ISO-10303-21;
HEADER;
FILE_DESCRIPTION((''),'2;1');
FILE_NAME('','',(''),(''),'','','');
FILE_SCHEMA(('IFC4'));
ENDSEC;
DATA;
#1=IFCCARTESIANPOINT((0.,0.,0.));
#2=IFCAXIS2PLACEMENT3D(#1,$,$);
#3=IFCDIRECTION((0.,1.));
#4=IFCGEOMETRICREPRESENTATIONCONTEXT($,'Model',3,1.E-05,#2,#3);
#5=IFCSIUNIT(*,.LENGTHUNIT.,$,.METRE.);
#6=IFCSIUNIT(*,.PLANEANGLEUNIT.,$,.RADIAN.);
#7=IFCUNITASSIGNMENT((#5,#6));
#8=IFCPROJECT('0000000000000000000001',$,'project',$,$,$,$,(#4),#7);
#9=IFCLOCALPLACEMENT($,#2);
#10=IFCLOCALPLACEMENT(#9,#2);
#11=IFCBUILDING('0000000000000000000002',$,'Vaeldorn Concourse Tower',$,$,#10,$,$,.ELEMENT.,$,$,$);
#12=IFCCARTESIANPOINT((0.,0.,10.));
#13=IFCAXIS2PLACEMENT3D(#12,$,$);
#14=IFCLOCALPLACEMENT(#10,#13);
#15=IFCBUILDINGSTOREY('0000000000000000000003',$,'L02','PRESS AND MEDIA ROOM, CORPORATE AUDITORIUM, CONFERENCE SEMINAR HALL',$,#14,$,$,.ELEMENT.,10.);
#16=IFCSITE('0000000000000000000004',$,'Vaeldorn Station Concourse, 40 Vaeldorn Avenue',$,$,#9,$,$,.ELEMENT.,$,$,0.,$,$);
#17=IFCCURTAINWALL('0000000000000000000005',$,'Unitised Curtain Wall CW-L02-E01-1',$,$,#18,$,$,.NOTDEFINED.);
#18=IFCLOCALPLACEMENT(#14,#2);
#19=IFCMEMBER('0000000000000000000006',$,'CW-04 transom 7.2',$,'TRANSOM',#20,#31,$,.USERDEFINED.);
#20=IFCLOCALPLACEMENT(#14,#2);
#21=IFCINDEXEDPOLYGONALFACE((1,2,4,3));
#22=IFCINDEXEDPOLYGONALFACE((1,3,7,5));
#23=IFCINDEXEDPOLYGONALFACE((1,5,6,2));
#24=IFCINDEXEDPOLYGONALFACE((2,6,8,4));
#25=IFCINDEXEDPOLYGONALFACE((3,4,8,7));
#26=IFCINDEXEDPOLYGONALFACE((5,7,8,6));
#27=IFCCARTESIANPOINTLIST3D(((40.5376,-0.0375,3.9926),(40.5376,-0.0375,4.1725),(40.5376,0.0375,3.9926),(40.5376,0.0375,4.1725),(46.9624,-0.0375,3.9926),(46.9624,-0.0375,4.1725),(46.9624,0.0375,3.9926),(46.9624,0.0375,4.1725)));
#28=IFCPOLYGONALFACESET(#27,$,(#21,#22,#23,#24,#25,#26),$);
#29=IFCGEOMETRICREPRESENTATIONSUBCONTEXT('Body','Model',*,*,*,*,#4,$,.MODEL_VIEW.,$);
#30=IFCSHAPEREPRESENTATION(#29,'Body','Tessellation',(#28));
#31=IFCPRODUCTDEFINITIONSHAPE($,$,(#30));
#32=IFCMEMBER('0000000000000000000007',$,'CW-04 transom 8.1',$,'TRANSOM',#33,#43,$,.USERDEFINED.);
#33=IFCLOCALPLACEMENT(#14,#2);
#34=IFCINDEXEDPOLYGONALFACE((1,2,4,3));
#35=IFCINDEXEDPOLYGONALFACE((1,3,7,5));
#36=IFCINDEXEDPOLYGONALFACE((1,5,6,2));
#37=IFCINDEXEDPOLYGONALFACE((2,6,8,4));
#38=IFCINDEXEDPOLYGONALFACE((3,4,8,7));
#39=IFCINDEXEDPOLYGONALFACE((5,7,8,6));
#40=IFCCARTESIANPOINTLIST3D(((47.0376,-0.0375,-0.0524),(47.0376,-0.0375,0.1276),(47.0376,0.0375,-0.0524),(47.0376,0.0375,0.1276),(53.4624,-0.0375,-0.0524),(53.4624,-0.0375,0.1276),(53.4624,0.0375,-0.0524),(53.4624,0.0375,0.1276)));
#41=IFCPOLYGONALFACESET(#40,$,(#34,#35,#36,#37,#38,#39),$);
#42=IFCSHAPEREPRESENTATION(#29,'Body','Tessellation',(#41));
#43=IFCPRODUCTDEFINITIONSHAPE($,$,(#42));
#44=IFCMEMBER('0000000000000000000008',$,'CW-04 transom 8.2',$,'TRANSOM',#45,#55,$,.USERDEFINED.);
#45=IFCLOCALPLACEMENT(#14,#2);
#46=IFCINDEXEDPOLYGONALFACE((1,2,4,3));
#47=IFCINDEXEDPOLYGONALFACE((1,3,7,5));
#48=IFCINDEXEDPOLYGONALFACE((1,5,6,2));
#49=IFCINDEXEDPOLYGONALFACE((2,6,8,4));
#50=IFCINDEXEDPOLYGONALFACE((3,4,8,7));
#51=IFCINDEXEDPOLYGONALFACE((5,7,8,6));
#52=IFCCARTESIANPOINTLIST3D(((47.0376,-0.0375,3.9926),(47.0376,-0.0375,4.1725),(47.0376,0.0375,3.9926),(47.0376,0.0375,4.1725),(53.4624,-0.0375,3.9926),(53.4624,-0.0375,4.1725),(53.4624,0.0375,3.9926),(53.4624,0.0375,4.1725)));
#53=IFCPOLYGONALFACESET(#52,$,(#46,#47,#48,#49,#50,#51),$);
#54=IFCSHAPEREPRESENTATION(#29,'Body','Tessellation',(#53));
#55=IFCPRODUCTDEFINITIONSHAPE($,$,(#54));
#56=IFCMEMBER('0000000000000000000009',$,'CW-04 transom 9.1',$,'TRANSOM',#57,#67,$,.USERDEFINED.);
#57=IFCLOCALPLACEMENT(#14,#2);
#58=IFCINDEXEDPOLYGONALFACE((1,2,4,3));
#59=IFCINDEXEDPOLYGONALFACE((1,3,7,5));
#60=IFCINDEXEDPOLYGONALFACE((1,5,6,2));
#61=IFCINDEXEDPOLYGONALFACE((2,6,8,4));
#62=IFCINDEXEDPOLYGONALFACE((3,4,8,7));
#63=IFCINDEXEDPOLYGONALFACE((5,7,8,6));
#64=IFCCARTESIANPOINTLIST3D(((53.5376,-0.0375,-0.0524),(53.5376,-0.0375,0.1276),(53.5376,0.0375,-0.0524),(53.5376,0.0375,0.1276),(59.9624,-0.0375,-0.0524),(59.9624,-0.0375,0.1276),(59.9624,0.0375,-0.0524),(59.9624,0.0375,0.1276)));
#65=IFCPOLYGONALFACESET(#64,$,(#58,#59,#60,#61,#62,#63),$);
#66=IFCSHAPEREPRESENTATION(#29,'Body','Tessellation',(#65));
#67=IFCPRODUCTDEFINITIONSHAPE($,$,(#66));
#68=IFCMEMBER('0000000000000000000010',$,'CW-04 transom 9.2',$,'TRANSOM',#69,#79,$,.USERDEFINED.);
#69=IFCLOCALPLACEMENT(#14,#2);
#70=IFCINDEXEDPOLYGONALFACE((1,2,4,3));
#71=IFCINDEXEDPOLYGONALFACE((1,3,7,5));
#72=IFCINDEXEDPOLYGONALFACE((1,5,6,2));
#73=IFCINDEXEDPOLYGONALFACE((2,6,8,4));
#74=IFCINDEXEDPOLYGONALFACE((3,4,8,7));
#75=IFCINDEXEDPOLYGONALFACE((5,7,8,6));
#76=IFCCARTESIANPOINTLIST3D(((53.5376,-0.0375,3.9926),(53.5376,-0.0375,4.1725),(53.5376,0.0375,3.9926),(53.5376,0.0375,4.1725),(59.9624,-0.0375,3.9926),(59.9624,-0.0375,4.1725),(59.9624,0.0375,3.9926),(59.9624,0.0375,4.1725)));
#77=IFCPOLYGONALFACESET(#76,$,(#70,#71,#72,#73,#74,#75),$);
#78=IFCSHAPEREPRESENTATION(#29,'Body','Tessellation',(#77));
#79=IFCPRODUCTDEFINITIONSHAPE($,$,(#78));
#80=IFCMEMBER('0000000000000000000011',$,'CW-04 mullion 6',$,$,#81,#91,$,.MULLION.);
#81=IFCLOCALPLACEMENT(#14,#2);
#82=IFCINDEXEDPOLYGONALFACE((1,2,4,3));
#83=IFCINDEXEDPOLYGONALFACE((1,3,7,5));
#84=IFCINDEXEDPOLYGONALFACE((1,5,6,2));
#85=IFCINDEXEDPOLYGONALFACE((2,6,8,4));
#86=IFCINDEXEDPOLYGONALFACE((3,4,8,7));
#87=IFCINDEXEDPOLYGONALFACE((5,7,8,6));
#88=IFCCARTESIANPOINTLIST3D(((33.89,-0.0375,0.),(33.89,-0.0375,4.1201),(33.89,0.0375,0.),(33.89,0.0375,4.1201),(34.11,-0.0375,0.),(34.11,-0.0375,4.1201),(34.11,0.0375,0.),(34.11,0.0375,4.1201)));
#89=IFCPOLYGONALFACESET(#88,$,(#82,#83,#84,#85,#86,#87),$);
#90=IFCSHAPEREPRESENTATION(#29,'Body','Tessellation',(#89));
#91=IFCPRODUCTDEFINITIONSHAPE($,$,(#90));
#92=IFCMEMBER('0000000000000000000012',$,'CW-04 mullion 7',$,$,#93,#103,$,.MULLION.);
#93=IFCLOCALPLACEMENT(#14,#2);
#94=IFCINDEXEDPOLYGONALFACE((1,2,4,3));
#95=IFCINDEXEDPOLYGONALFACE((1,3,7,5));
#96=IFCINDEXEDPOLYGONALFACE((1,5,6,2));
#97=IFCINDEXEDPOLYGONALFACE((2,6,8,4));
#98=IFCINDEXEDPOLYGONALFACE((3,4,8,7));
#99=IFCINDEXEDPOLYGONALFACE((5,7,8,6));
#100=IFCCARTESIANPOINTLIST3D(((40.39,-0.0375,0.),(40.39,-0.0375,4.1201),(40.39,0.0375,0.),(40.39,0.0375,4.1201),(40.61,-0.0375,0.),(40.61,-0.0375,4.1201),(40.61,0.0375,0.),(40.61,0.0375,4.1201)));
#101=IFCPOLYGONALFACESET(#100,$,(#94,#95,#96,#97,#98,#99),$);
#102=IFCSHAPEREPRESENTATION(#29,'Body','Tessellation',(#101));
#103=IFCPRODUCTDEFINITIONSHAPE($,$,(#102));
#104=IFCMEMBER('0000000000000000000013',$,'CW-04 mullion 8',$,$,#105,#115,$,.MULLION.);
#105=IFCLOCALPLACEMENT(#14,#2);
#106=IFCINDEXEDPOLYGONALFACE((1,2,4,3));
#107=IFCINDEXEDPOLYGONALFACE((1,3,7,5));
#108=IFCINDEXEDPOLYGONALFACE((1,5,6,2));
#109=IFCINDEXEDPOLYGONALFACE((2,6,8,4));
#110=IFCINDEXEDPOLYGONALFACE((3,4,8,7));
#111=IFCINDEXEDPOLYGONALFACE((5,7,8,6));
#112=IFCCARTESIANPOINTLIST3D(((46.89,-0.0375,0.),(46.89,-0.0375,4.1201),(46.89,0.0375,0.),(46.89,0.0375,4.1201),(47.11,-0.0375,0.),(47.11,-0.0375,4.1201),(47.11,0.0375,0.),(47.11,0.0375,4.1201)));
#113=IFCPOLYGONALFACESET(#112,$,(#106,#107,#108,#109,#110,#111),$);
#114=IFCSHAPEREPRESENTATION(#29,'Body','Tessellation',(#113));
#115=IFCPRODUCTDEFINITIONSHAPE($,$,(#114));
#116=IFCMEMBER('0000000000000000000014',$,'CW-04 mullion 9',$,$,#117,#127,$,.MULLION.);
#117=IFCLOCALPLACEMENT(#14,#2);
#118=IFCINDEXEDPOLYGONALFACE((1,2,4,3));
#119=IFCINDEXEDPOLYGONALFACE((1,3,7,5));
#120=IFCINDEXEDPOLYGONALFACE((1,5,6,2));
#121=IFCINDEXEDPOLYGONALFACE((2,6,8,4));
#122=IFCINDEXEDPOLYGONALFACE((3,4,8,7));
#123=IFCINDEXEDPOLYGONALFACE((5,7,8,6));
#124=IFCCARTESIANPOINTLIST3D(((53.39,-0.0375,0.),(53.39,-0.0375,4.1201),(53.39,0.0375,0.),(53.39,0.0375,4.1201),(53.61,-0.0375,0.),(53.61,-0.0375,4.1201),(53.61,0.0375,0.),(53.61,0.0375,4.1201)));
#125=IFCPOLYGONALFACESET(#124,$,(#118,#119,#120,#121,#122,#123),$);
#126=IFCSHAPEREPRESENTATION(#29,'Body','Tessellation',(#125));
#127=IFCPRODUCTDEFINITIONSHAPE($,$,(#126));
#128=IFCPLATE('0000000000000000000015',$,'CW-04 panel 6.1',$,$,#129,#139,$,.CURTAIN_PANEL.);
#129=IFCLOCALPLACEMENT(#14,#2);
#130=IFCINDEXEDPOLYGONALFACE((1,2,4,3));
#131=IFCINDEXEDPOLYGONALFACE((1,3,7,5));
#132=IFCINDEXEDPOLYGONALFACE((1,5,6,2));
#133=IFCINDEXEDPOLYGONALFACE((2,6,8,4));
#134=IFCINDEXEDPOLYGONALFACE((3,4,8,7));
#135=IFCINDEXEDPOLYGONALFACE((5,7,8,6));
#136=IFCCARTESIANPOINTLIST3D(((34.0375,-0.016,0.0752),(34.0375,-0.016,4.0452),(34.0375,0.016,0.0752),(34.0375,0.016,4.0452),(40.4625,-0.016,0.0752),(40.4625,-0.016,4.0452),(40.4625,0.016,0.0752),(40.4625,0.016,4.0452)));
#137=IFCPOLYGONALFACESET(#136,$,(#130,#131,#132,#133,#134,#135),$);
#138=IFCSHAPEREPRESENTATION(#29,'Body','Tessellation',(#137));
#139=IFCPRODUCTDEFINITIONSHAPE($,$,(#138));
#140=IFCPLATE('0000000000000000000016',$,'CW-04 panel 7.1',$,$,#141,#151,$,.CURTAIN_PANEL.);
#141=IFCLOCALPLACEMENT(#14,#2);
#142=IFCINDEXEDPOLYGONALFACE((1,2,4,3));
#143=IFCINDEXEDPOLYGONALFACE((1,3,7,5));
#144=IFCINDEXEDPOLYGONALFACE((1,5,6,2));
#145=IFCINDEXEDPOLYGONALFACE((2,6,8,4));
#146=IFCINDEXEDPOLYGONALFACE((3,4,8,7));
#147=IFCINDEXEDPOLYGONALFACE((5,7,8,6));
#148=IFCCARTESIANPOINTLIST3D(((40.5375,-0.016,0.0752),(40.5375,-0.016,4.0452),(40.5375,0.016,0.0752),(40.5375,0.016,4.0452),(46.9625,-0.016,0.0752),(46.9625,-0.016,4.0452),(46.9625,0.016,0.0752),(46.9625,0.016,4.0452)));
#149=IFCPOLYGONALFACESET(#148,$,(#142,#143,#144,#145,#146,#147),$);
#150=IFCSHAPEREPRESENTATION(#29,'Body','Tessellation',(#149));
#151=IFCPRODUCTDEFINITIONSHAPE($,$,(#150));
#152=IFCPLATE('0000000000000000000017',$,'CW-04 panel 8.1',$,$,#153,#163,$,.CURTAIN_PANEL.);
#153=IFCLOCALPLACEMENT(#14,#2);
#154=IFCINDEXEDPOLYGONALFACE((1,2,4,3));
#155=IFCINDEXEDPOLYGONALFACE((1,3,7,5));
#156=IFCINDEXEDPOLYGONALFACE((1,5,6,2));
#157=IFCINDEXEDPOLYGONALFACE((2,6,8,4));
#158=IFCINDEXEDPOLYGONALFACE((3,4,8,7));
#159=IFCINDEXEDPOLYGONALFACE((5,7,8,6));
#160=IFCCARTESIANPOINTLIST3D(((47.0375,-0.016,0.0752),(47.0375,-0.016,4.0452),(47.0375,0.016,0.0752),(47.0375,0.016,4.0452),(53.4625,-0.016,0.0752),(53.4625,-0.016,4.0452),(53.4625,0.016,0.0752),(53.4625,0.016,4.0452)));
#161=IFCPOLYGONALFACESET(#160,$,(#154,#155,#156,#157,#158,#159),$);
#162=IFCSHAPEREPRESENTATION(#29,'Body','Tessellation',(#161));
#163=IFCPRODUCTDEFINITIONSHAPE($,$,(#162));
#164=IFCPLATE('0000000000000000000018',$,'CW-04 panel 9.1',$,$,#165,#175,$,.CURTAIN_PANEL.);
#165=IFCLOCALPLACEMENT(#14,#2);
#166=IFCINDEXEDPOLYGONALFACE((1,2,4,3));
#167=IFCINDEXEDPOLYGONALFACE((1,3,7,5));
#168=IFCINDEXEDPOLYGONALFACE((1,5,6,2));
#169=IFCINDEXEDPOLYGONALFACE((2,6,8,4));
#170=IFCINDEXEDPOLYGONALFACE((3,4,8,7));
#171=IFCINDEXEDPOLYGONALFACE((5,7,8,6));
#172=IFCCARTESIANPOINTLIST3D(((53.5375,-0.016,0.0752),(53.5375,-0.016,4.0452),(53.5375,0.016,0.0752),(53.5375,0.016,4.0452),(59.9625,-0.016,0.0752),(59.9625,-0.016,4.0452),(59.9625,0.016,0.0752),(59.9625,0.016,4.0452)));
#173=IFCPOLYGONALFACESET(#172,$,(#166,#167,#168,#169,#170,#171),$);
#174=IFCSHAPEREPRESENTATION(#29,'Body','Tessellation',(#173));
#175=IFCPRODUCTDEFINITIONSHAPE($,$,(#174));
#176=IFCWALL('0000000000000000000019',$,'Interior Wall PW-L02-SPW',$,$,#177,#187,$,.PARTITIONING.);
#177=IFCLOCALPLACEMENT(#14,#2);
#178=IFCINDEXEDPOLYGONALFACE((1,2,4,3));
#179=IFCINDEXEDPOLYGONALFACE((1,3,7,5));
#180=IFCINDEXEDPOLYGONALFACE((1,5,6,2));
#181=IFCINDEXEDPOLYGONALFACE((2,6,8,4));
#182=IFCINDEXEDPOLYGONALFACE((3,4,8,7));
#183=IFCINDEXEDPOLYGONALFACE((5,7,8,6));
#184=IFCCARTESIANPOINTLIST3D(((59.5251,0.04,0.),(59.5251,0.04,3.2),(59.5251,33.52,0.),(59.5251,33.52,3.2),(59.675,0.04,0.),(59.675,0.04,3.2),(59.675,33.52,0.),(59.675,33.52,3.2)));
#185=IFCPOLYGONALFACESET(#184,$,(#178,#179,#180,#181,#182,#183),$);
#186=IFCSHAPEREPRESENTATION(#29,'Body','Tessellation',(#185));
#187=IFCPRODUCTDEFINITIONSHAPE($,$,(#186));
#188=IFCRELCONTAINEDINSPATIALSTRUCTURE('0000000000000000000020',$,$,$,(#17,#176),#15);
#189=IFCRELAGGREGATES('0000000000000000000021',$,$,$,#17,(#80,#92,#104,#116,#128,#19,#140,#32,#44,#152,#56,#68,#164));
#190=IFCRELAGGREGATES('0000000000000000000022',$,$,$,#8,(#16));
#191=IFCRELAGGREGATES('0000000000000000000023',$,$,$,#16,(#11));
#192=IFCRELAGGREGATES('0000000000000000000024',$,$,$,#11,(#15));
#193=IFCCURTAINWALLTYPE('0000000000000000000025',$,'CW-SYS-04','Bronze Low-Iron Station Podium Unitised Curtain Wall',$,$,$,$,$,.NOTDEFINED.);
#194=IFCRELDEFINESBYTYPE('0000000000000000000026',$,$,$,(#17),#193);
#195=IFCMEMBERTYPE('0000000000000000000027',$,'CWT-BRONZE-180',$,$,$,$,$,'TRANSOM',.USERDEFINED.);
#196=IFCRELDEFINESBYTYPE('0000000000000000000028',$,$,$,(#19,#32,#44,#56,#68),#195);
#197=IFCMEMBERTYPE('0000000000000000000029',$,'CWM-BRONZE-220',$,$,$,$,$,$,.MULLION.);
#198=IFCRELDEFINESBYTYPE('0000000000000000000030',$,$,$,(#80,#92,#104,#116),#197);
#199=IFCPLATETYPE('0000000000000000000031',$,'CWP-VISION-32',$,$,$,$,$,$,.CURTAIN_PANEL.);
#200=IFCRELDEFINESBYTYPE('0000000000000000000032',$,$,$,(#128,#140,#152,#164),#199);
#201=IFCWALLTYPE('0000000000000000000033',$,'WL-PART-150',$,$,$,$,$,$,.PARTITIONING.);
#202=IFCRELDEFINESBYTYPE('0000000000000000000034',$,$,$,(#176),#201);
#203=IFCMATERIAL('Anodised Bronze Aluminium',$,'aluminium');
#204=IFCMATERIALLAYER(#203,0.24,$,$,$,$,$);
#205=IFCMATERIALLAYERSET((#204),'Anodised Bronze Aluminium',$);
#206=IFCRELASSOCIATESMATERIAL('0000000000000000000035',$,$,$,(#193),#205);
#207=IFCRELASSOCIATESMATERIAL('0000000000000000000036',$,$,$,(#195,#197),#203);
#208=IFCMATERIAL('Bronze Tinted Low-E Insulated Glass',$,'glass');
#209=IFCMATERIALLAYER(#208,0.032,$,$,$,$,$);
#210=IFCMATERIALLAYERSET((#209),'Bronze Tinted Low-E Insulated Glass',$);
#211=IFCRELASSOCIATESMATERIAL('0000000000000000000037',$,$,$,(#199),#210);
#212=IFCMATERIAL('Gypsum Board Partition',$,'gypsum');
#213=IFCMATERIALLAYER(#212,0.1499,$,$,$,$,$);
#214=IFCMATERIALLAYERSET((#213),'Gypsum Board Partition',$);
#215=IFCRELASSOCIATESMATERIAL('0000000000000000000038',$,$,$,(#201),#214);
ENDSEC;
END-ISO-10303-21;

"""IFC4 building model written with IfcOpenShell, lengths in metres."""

from ifc_helpers import new_model, si_unit, direction, frame, frame_2d, origin, origin_2d, place, context, subcontext, project, spatial, rectangle, extrude, source, transform, mapped, material, layer, layer_set, material_profile, profile_set, type_object, element, aggregate, save


model = new_model("IFC4")

# Units and contexts
model_context = context("Model", 3, precision=1e-05, world=origin(), true_north=direction((0.0, 1.0)))
body_context = subcontext(model_context, "Body", "Model", "MODEL_VIEW")
ifc_project = project(units=[si_unit("LENGTHUNIT", "METRE"), si_unit("PLANEANGLEUNIT", "RADIAN")], contexts=[model_context])

# Site, building, storey
site_placement = place(None, origin())
site = spatial("IfcSite", under=ifc_project, at=site_placement, Name="Vaeldorn Station Concourse, 40 Vaeldorn Avenue", CompositionType="ELEMENT", RefElevation=0.0)
building_placement = place(site_placement, origin())
building = spatial("IfcBuilding", under=site, at=building_placement, Name="Vaeldorn Concourse Tower", CompositionType="ELEMENT")
storey_placement = place(building_placement, frame((0.0, 0.0, 10.0)))
storey = spatial("IfcBuildingStorey", under=building, at=storey_placement, Name="L02", Description="PRESS AND MEDIA ROOM, CORPORATE AUDITORIUM, CONFERENCE SEMINAR HALL", CompositionType="ELEMENT", Elevation=10.0)

# Curtain wall, members, plates
ifc_material_1 = material(Name="Anodised Bronze Aluminium", Category="aluminium")
ifc_layer_1 = layer(ifc_material_1, 0.24)
ifc_layer_set_1 = layer_set([ifc_layer_1], Name="Anodised Bronze Aluminium")
curtain_wall_type = type_object("IfcCurtainWallType", Name="CW-SYS-04", Description="Bronze Low-Iron Station Podium Unitised Curtain Wall", PredefinedType="NOTDEFINED", material=ifc_layer_set_1)
curtain_wall_placement = place(storey_placement, origin())
curtain_wall = element("IfcCurtainWall", 1, at=curtain_wall_placement, inside=storey, type_object=curtain_wall_type, Name="Unitised Curtain Wall CW-L02-E01-1", PredefinedType="NOTDEFINED")
ifc_material_profile_1 = material_profile(ifc_material_1, rectangle(XDim=0.075, YDim=0.1799, at=origin_2d()), Name="CWT 75x180")
ifc_profile_set_1 = profile_set([ifc_material_profile_1], Name="Anodised Bronze Aluminium")
member_type_1 = type_object("IfcMemberType", Name="CWT-BRONZE-180", ElementType="TRANSOM", PredefinedType="USERDEFINED", material=ifc_profile_set_1)
shared_shape_1 = source(origin(), body_context, "Body", "SweptSolid", [
    extrude(rectangle(XDim=0.075, YDim=0.1799, at=origin_2d()), origin(), (0.0, 0.0, 1.0), 6.4248),
])
member_1_placement = place(storey_placement, frame((40.5376, 0.0, 4.0825), z_axis=(1.0, 0.0, 0.0), x_axis=(0.0, 1.0, 0.0)))
member_1 = element("IfcMember", 2, at=member_1_placement, type_object=member_type_1, Name="CW-04 transom 7.2", ObjectType="TRANSOM", PredefinedType="USERDEFINED", context=body_context, shape_type="MappedRepresentation", body=[
    mapped(shared_shape_1, transform((0.0, 0.0, 0.0), scale=1.0)),
])
member_2_placement = place(storey_placement, frame((47.0376, 0.0, 0.0376), z_axis=(1.0, 0.0, 0.0), x_axis=(0.0, 1.0, 0.0)))
member_2 = element("IfcMember", 3, at=member_2_placement, type_object=member_type_1, Name="CW-04 transom 8.1", ObjectType="TRANSOM", PredefinedType="USERDEFINED", context=body_context, shape_type="MappedRepresentation", body=[
    mapped(shared_shape_1, transform((0.0, 0.0, 0.0), scale=1.0)),
])
member_3_placement = place(storey_placement, frame((47.0376, 0.0, 4.0825), z_axis=(1.0, 0.0, 0.0), x_axis=(0.0, 1.0, 0.0)))
member_3 = element("IfcMember", 4, at=member_3_placement, type_object=member_type_1, Name="CW-04 transom 8.2", ObjectType="TRANSOM", PredefinedType="USERDEFINED", context=body_context, shape_type="MappedRepresentation", body=[
    mapped(shared_shape_1, transform((0.0, 0.0, 0.0), scale=1.0)),
])
member_4_placement = place(storey_placement, frame((53.5376, 0.0, 0.0376), z_axis=(1.0, 0.0, 0.0), x_axis=(0.0, 1.0, 0.0)))
member_4 = element("IfcMember", 5, at=member_4_placement, type_object=member_type_1, Name="CW-04 transom 9.1", ObjectType="TRANSOM", PredefinedType="USERDEFINED", context=body_context, shape_type="MappedRepresentation", body=[
    mapped(shared_shape_1, transform((0.0, 0.0, 0.0), scale=1.0)),
])
member_5_placement = place(storey_placement, frame((53.5376, 0.0, 4.0825), z_axis=(1.0, 0.0, 0.0), x_axis=(0.0, 1.0, 0.0)))
member_5 = element("IfcMember", 6, at=member_5_placement, type_object=member_type_1, Name="CW-04 transom 9.2", ObjectType="TRANSOM", PredefinedType="USERDEFINED", context=body_context, shape_type="MappedRepresentation", body=[
    mapped(shared_shape_1, transform((0.0, 0.0, 0.0), scale=1.0)),
])
ifc_material_profile_2 = material_profile(ifc_material_1, rectangle(XDim=0.075, YDim=0.22, at=origin_2d()), Name="CWM 75x220")
ifc_profile_set_2 = profile_set([ifc_material_profile_2], Name="Anodised Bronze Aluminium")
member_type_2 = type_object("IfcMemberType", Name="CWM-BRONZE-220", PredefinedType="MULLION", material=ifc_profile_set_2)
shared_shape_2 = source(origin(), body_context, "Body", "SweptSolid", [
    extrude(rectangle(XDim=0.075, YDim=0.22, at=origin_2d()), origin(), (0.0, 0.0, 1.0), 4.1201),
])
member_6_placement = place(storey_placement, frame((34.0, 0.0, 0.0), z_axis=(0.0, 0.0, 1.0), x_axis=(0.0, 1.0, 0.0)))
member_6 = element("IfcMember", 7, at=member_6_placement, type_object=member_type_2, Name="CW-04 mullion 6", PredefinedType="MULLION", context=body_context, shape_type="MappedRepresentation", body=[
    mapped(shared_shape_2, transform((0.0, 0.0, 0.0), scale=1.0)),
])
member_7_placement = place(storey_placement, frame((40.5, 0.0, 0.0), z_axis=(0.0, 0.0, 1.0), x_axis=(0.0, 1.0, 0.0)))
member_7 = element("IfcMember", 8, at=member_7_placement, type_object=member_type_2, Name="CW-04 mullion 7", PredefinedType="MULLION", context=body_context, shape_type="MappedRepresentation", body=[
    mapped(shared_shape_2, transform((0.0, 0.0, 0.0), scale=1.0)),
])
member_8_placement = place(storey_placement, frame((47.0, 0.0, 0.0), z_axis=(0.0, 0.0, 1.0), x_axis=(0.0, 1.0, 0.0)))
member_8 = element("IfcMember", 9, at=member_8_placement, type_object=member_type_2, Name="CW-04 mullion 8", PredefinedType="MULLION", context=body_context, shape_type="MappedRepresentation", body=[
    mapped(shared_shape_2, transform((0.0, 0.0, 0.0), scale=1.0)),
])
member_9_placement = place(storey_placement, frame((53.5, 0.0, 0.0), z_axis=(0.0, 0.0, 1.0), x_axis=(0.0, 1.0, 0.0)))
member_9 = element("IfcMember", 10, at=member_9_placement, type_object=member_type_2, Name="CW-04 mullion 9", PredefinedType="MULLION", context=body_context, shape_type="MappedRepresentation", body=[
    mapped(shared_shape_2, transform((0.0, 0.0, 0.0), scale=1.0)),
])
ifc_material_2 = material(Name="Bronze Tinted Low-E Insulated Glass", Category="glass")
ifc_layer_2 = layer(ifc_material_2, 0.032)
ifc_layer_set_2 = layer_set([ifc_layer_2], Name="Bronze Tinted Low-E Insulated Glass")
plate_type = type_object("IfcPlateType", Name="CWP-VISION-32", PredefinedType="CURTAIN_PANEL", material=ifc_layer_set_2)
shared_shape_3 = source(origin(), body_context, "Body", "SweptSolid", [
    extrude(rectangle(XDim=6.425, YDim=0.032, at=origin_2d()), origin(), (0.0, 0.0, 1.0), 3.97),
])
plate_1_placement = place(storey_placement, frame((37.25, 0.0, 0.0752), z_axis=(0.0, 0.0, 1.0), x_axis=(1.0, 0.0, 0.0)))
plate_1 = element("IfcPlate", 11, at=plate_1_placement, type_object=plate_type, Name="CW-04 panel 6.1", PredefinedType="CURTAIN_PANEL", context=body_context, shape_type="MappedRepresentation", body=[
    mapped(shared_shape_3, transform((0.0, 0.0, 0.0), scale=1.0)),
])
plate_2_placement = place(storey_placement, frame((43.75, 0.0, 0.0752), z_axis=(0.0, 0.0, 1.0), x_axis=(1.0, 0.0, 0.0)))
plate_2 = element("IfcPlate", 12, at=plate_2_placement, type_object=plate_type, Name="CW-04 panel 7.1", PredefinedType="CURTAIN_PANEL", context=body_context, shape_type="MappedRepresentation", body=[
    mapped(shared_shape_3, transform((0.0, 0.0, 0.0), scale=1.0)),
])
plate_3_placement = place(storey_placement, frame((50.25, 0.0, 0.0752), z_axis=(0.0, 0.0, 1.0), x_axis=(1.0, 0.0, 0.0)))
plate_3 = element("IfcPlate", 13, at=plate_3_placement, type_object=plate_type, Name="CW-04 panel 8.1", PredefinedType="CURTAIN_PANEL", context=body_context, shape_type="MappedRepresentation", body=[
    mapped(shared_shape_3, transform((0.0, 0.0, 0.0), scale=1.0)),
])
plate_4_placement = place(storey_placement, frame((56.75, 0.0, 0.0752), z_axis=(0.0, 0.0, 1.0), x_axis=(1.0, 0.0, 0.0)))
plate_4 = element("IfcPlate", 14, at=plate_4_placement, type_object=plate_type, Name="CW-04 panel 9.1", PredefinedType="CURTAIN_PANEL", context=body_context, shape_type="MappedRepresentation", body=[
    mapped(shared_shape_3, transform((0.0, 0.0, 0.0), scale=1.0)),
])
aggregate(curtain_wall, [member_6, member_7, member_8, member_9, plate_1, member_1, plate_2, member_2, member_3, plate_3, member_4, member_5, plate_4])

# Wall
ifc_material_3 = material(Name="Gypsum Board Partition", Category="gypsum")
ifc_layer_3 = layer(ifc_material_3, 0.1499)
ifc_layer_set_3 = layer_set([ifc_layer_3], Name="Gypsum Board Partition")
wall_type = type_object("IfcWallType", Name="WL-PART-150", PredefinedType="PARTITIONING", material=ifc_layer_set_3)
wall_1_placement = place(storey_placement, frame((59.6001, 0.04, 0.0), z_axis=(0.0, 0.0, 1.0), x_axis=(0.0, 1.0, 0.0)))
element("IfcWall", 15, at=wall_1_placement, inside=storey, type_object=wall_type, Name="Interior Wall PW-L02-SPW", PredefinedType="PARTITIONING", context=body_context, shape_type="SweptSolid", body=[
    extrude(rectangle(XDim=33.48, YDim=0.1499, at=frame_2d((16.74, 0.0))), origin(), (0.0, 0.0, 1.0), 3.2),
])

save(model, "model.ifc")
